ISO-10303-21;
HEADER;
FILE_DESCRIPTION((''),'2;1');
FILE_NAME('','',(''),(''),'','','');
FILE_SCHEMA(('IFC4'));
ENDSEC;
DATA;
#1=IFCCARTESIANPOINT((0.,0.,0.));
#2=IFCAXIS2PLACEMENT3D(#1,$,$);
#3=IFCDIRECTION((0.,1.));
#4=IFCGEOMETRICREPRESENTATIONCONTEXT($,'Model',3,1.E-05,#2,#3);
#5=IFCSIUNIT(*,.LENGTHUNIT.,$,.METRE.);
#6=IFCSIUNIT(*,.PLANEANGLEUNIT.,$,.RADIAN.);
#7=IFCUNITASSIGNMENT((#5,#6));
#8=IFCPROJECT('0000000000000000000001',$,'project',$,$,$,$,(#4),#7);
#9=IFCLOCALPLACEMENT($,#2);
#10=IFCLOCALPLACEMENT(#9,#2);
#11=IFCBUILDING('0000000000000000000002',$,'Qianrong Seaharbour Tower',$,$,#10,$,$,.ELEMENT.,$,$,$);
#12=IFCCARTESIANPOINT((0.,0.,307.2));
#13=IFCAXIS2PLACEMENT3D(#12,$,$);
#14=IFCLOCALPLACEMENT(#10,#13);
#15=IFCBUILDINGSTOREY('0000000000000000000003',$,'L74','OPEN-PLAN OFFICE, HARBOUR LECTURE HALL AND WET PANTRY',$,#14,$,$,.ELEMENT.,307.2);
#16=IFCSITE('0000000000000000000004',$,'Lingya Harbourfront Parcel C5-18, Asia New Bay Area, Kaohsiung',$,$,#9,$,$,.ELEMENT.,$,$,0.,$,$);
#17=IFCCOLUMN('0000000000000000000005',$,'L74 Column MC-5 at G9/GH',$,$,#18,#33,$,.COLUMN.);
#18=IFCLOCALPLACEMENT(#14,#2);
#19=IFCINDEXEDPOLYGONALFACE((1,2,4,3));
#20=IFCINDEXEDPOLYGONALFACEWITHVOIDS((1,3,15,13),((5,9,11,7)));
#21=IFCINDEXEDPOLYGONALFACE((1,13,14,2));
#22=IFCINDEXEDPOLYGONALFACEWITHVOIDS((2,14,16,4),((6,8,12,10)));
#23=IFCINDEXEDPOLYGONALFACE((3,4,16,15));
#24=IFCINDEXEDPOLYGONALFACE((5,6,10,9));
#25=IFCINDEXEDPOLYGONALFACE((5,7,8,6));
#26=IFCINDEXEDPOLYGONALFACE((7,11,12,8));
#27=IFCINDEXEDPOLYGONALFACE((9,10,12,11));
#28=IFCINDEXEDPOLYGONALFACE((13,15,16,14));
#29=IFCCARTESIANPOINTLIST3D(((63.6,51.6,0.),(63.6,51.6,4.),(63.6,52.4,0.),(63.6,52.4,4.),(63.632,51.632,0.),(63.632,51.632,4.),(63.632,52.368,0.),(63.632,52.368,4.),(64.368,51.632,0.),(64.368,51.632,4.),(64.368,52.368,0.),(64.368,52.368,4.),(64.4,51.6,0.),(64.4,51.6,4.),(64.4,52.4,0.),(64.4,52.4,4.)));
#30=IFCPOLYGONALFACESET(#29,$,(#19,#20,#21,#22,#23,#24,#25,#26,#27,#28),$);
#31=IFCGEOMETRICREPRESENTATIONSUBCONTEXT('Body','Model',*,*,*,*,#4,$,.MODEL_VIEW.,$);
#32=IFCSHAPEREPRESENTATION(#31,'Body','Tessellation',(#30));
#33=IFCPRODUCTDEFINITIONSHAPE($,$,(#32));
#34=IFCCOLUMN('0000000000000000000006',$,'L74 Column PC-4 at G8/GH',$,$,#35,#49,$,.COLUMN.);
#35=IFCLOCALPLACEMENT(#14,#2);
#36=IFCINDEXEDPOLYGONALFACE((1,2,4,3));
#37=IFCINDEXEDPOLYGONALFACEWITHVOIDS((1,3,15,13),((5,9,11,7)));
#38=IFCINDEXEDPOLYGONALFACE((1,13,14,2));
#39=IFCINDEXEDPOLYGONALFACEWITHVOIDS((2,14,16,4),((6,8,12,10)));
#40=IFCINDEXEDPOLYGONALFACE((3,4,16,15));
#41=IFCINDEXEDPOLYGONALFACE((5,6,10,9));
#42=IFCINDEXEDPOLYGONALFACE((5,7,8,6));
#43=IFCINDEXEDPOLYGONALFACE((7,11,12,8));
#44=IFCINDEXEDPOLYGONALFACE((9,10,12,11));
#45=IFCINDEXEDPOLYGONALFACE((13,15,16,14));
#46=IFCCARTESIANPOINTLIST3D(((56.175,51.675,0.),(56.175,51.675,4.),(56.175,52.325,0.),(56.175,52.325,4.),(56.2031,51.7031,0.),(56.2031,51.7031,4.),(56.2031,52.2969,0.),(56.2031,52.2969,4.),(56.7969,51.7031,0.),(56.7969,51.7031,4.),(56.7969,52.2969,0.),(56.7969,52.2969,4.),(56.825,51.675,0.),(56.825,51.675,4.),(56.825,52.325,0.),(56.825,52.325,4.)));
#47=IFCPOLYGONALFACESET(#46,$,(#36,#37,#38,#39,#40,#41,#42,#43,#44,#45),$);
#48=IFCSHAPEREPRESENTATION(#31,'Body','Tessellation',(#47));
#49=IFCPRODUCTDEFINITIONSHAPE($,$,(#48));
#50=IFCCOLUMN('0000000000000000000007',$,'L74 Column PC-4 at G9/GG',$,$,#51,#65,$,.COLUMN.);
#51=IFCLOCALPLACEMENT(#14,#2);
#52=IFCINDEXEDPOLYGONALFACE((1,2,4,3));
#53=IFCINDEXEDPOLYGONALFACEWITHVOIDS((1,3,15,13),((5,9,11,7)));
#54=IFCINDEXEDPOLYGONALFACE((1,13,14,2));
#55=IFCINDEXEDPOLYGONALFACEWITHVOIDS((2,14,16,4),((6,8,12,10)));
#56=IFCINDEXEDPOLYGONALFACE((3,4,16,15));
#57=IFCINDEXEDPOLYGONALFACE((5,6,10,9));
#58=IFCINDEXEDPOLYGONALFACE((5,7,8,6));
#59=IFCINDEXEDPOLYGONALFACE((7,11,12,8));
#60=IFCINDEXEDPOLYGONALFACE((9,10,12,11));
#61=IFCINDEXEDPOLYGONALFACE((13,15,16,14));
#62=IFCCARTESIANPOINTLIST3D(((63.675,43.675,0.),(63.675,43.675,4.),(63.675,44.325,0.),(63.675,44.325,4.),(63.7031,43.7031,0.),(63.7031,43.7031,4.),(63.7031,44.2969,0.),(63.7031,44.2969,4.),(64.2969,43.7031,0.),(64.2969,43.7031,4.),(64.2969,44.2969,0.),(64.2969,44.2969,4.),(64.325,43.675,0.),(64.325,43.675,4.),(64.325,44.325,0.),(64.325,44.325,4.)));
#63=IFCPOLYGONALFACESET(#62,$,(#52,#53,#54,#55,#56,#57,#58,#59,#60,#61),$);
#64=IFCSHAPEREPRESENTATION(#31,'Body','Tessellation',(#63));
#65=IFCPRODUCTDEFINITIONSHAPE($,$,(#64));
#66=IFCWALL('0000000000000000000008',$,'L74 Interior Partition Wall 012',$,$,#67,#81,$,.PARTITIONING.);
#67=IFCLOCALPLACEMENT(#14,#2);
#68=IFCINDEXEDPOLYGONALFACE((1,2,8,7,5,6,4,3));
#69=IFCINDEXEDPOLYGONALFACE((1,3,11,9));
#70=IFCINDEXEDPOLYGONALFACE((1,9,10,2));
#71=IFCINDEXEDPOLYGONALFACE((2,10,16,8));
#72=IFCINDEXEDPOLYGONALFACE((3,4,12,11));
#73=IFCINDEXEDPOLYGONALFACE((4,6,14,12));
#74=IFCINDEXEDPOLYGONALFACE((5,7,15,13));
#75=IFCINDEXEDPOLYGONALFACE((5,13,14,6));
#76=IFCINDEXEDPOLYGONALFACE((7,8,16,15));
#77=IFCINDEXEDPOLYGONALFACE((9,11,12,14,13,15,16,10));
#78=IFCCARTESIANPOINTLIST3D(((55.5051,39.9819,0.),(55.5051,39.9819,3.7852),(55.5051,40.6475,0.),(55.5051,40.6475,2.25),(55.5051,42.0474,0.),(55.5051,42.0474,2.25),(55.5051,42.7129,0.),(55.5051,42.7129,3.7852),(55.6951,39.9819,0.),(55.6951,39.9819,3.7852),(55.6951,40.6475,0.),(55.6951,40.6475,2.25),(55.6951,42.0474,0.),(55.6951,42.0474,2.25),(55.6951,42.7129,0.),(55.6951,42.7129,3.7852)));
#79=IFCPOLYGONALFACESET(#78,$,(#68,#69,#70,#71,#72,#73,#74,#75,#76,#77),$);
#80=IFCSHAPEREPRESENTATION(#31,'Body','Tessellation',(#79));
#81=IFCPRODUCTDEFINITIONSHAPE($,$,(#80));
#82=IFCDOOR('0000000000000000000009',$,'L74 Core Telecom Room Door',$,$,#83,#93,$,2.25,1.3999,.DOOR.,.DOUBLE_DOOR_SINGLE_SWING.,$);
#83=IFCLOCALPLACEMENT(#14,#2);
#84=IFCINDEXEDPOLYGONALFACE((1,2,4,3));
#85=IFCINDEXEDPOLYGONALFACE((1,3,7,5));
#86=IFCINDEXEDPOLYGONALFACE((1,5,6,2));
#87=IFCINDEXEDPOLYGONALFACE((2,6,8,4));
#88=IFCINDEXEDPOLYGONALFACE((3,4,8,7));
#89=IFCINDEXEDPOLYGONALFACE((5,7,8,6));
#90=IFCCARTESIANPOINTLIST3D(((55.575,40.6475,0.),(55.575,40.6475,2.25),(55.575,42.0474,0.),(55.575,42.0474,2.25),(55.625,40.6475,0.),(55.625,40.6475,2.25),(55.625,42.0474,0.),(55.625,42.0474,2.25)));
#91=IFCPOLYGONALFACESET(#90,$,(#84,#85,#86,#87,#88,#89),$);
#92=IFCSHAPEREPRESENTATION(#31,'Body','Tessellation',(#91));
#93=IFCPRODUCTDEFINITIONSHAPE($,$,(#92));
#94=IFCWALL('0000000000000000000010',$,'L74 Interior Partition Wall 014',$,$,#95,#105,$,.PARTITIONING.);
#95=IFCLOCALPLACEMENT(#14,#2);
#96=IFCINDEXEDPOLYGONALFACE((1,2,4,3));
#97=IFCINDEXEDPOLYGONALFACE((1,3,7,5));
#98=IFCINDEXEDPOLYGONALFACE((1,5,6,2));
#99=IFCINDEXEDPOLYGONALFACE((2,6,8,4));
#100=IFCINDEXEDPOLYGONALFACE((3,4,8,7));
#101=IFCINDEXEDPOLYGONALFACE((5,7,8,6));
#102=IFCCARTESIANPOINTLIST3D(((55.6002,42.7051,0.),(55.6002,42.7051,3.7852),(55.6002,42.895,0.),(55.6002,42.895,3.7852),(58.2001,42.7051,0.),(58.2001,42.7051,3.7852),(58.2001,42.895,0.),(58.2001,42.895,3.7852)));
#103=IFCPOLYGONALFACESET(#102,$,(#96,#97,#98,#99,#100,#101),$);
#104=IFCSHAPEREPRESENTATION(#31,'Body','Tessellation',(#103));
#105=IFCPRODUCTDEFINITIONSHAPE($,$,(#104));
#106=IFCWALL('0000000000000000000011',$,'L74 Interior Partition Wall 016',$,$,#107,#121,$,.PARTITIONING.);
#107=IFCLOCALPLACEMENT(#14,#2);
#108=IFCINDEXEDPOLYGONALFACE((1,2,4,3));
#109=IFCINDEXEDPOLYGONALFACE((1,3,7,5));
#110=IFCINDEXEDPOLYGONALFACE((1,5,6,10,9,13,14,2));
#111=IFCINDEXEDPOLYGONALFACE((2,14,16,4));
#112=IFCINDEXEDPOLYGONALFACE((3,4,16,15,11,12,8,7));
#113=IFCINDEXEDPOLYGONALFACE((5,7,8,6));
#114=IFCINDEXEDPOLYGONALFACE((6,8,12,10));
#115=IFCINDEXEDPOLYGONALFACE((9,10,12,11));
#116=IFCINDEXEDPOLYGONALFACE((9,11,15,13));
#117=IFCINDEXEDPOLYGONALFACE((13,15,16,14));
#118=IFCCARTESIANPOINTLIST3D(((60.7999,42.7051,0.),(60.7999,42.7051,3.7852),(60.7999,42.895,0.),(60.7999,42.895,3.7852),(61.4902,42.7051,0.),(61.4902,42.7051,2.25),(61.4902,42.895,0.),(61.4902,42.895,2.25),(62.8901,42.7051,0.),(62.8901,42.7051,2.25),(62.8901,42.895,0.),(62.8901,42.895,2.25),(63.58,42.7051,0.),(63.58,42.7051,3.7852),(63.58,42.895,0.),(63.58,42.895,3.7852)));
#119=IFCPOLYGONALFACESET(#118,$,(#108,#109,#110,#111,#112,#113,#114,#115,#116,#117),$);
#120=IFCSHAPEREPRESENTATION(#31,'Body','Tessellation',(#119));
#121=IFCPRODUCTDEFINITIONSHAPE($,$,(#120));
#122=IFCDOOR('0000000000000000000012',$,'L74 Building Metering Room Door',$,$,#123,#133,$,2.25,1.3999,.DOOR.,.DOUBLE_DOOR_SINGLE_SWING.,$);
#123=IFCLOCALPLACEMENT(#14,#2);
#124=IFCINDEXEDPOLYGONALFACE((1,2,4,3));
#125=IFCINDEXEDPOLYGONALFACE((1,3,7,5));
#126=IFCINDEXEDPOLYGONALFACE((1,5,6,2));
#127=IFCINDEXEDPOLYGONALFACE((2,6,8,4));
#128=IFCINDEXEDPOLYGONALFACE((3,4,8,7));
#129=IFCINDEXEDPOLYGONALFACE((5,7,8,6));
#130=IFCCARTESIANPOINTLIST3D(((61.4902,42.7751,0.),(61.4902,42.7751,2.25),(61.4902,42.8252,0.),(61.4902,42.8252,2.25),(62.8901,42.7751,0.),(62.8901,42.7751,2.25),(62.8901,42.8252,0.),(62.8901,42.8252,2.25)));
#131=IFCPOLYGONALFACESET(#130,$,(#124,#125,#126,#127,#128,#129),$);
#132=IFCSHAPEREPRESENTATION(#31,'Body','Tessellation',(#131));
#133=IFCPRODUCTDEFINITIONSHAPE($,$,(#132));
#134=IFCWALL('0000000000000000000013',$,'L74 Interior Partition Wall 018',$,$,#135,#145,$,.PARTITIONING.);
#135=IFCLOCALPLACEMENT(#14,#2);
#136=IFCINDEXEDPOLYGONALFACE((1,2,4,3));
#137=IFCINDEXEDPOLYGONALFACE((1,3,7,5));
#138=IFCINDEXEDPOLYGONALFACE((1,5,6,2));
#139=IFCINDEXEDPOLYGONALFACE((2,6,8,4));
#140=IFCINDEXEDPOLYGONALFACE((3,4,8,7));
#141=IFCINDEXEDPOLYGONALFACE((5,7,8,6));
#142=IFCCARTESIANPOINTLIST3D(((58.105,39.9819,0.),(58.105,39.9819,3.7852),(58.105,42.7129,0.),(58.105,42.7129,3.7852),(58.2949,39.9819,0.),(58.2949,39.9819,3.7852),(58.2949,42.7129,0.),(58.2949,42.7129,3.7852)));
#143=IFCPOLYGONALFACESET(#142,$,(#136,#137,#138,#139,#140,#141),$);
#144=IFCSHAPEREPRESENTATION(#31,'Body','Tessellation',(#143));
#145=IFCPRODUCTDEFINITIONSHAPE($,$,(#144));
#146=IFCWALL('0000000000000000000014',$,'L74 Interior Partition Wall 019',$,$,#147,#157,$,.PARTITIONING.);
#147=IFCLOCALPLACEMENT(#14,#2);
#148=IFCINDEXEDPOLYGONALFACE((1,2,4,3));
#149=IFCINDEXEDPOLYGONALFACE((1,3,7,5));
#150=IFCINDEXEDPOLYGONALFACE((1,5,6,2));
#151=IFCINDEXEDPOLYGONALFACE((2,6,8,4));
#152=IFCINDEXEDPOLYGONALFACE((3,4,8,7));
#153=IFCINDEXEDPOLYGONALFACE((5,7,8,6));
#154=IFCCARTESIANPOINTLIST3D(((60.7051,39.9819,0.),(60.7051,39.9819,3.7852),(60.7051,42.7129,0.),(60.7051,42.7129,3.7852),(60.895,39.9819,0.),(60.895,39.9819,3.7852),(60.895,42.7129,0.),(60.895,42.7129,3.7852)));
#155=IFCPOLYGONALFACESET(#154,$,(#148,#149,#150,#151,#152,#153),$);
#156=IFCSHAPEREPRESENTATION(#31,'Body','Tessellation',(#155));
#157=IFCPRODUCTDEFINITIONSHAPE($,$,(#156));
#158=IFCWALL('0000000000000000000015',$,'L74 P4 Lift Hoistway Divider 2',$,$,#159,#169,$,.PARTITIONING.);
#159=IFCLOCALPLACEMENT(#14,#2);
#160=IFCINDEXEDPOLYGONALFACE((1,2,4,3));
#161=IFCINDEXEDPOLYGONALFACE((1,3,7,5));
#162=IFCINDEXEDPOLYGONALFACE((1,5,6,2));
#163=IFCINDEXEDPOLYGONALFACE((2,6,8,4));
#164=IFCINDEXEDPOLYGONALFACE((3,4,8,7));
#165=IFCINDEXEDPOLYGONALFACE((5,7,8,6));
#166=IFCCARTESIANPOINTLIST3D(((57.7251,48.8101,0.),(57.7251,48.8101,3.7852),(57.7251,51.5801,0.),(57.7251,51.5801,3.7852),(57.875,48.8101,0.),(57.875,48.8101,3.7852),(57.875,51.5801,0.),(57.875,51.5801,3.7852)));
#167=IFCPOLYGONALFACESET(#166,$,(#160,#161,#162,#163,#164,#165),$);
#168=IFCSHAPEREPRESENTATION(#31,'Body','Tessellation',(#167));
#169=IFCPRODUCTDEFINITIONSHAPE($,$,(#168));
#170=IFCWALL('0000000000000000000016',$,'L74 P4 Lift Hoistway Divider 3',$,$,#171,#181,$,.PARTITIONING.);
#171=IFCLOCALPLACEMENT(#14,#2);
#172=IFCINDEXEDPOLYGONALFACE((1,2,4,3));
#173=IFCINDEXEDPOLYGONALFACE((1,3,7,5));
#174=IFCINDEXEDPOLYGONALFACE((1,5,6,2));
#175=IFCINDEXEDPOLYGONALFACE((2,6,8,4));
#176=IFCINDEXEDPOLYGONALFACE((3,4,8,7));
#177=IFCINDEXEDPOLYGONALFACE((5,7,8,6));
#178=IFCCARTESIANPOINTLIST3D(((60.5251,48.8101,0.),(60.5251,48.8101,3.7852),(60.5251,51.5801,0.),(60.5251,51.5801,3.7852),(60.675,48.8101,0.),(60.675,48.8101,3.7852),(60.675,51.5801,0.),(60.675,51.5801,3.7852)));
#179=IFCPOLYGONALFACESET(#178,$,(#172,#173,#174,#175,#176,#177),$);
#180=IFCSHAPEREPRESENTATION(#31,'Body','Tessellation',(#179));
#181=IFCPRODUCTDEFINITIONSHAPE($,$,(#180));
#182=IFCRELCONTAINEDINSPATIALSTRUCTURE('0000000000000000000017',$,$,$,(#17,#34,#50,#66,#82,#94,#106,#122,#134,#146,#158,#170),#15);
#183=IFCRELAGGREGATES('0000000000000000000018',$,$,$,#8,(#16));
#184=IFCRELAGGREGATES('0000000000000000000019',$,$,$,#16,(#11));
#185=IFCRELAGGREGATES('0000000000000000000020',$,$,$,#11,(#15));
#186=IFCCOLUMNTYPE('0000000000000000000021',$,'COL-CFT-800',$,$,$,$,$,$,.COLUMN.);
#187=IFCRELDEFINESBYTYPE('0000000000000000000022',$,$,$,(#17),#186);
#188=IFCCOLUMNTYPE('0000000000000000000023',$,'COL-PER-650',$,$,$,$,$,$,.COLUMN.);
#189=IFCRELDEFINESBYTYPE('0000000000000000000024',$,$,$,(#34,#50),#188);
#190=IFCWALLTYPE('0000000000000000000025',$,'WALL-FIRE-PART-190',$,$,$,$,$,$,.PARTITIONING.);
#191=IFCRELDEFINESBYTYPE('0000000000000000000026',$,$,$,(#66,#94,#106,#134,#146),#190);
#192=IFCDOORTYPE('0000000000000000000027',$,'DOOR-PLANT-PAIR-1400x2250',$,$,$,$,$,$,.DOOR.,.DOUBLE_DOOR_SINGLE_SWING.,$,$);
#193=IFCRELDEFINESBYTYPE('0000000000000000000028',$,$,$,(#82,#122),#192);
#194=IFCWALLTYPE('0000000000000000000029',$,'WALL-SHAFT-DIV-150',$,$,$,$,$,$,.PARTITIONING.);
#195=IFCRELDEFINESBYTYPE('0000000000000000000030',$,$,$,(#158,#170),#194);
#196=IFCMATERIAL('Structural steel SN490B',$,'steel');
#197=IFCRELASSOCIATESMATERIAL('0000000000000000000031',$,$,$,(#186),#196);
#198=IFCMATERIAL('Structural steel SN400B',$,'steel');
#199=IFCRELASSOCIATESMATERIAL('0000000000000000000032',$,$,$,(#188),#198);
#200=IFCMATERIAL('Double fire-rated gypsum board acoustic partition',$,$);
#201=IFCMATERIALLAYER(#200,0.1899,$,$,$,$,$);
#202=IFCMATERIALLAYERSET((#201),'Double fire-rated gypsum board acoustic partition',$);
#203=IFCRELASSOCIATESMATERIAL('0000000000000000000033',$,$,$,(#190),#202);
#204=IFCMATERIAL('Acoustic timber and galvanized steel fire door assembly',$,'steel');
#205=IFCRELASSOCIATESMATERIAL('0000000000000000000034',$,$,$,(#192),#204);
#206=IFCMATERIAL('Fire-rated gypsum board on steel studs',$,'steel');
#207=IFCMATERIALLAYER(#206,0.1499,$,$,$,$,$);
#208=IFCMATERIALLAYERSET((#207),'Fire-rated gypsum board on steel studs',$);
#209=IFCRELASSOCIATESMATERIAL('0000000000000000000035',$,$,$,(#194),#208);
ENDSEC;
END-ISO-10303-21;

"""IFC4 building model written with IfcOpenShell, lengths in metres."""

from ifc_helpers import new_model, si_unit, direction, frame, frame_2d, origin, origin_2d, place, context, subcontext, project, spatial, rectangle, hollow_rectangle, extrude, material, layer, layer_set, material_profile, profile_set, type_object, element, fill, save


model = new_model("IFC4")

# Units and contexts
model_context = context("Model", 3, precision=1e-05, world=origin(), true_north=direction((0.0, 1.0)))
body_context = subcontext(model_context, "Body", "Model", "MODEL_VIEW")
ifc_project = project(units=[si_unit("LENGTHUNIT", "METRE"), si_unit("PLANEANGLEUNIT", "RADIAN")], contexts=[model_context])

# Site, building, storey
site_placement = place(None, origin())
site = spatial("IfcSite", under=ifc_project, at=site_placement, Name="Lingya Harbourfront Parcel C5-18, Asia New Bay Area, Kaohsiung", CompositionType="ELEMENT", RefElevation=0.0)
building_placement = place(site_placement, origin())
building = spatial("IfcBuilding", under=site, at=building_placement, Name="Qianrong Seaharbour Tower", CompositionType="ELEMENT")
storey_placement = place(building_placement, frame((0.0, 0.0, 307.2)))
storey = spatial("IfcBuildingStorey", under=building, at=storey_placement, Name="L74", Description="OPEN-PLAN OFFICE, HARBOUR LECTURE HALL AND WET PANTRY", CompositionType="ELEMENT", Elevation=307.2)

# Columns
ifc_material_1 = material(Name="Structural steel SN490B", Category="steel")
ifc_material_profile_1 = material_profile(ifc_material_1, hollow_rectangle(XDim=0.8, YDim=0.8, WallThickness=0.032, at=origin_2d()), Name="BOX800x800x32")
ifc_profile_set_1 = profile_set([ifc_material_profile_1], Name="Structural steel SN490B")
column_type_1 = type_object("IfcColumnType", Name="COL-CFT-800", PredefinedType="COLUMN", material=ifc_profile_set_1)
column_placement = place(storey_placement, frame((64.0, 52.0, 0.0), z_axis=(0.0, 0.0, 1.0), x_axis=(1.0, 0.0, 0.0)))
element("IfcColumn", 1, at=column_placement, inside=storey, type_object=column_type_1, Name="L74 Column MC-5 at G9/GH", PredefinedType="COLUMN", context=body_context, shape_type="SweptSolid", body=[
    extrude(hollow_rectangle(XDim=0.8, YDim=0.8, WallThickness=0.032, at=origin_2d()), origin(), (0.0, 0.0, 1.0), 4.0),
])
ifc_material_2 = material(Name="Structural steel SN400B", Category="steel")
ifc_material_profile_2 = material_profile(ifc_material_2, hollow_rectangle(XDim=0.6499, YDim=0.6499, WallThickness=0.0281, at=origin_2d()), Name="BOX650x650x28")
ifc_profile_set_2 = profile_set([ifc_material_profile_2], Name="Structural steel SN400B")
column_type_2 = type_object("IfcColumnType", Name="COL-PER-650", PredefinedType="COLUMN", material=ifc_profile_set_2)
for number, where, z_axis, x_axis, name in (
    (2, (56.5, 52.0, 0.0), (0.0, 0.0, 1.0), (1.0, 0.0, 0.0), "L74 Column PC-4 at G8/GH"),
    (3, (64.0, 44.0, 0.0), (0.0, 0.0, 1.0), (1.0, 0.0, 0.0), "L74 Column PC-4 at G9/GG"),
):
    element("IfcColumn", number, at=place(storey_placement, frame(where, z_axis=z_axis, x_axis=x_axis)), inside=storey, type_object=column_type_2, Name=name, PredefinedType="COLUMN", context=body_context, shape_type="SweptSolid", body=[
        extrude(hollow_rectangle(XDim=0.6499, YDim=0.6499, WallThickness=0.0281, at=origin_2d()), origin(), (0.0, 0.0, 1.0), 4.0),
    ])

# Wall, opening, door
ifc_material_3 = material(Name="Acoustic timber and galvanized steel fire door assembly", Category="steel")
ifc_material_4 = material(Name="Double fire-rated gypsum board acoustic partition")
ifc_layer_1 = layer(ifc_material_4, 0.1899)
ifc_layer_set_1 = layer_set([ifc_layer_1], Name="Double fire-rated gypsum board acoustic partition")
wall_type_1 = type_object("IfcWallType", Name="WALL-FIRE-PART-190", PredefinedType="PARTITIONING", material=ifc_layer_set_1)
wall_1_placement = place(storey_placement, frame((55.6001, 42.7129, 0.0), z_axis=(0.0, 0.0, 1.0), x_axis=(0.0, -1.0, 0.0)))
wall_1 = element("IfcWall", 4, at=wall_1_placement, inside=storey, type_object=wall_type_1, Name="L74 Interior Partition Wall 012", PredefinedType="PARTITIONING", context=body_context, shape_type="SweptSolid", body=[
    extrude(rectangle(XDim=2.731, YDim=0.1899, at=frame_2d((1.3655, 0.0))), origin(), (0.0, 0.0, 1.0), 3.7852),
])
opening_1_placement = place(wall_1_placement, frame((0.6655, 0.0, 0.0)))
opening_1 = element("IfcOpeningElement", 5, at=opening_1_placement, cuts=wall_1, PredefinedType="OPENING", context=body_context, shape_type="SweptSolid", body=[
    extrude(rectangle(XDim=1.3999, YDim=2.25, at=frame_2d((0.7, 1.125))), frame((0.0, 0.105, 0.0), z_axis=(0.0, -1.0, 0.0), x_axis=(1.0, 0.0, 0.0)), (0.0, 0.0, 1.0), 0.21),
])
door_type_1 = type_object("IfcDoorType", Name="DOOR-PLANT-PAIR-1400x2250", OperationType="DOUBLE_DOOR_SINGLE_SWING", PredefinedType="DOOR", material=ifc_material_3)
door_1_placement = place(opening_1_placement, origin())
door_1 = element("IfcDoor", 6, at=door_1_placement, inside=storey, type_object=door_type_1, Name="L74 Core Telecom Room Door", OperationType="DOUBLE_DOOR_SINGLE_SWING", OverallHeight=2.25, OverallWidth=1.3999, PredefinedType="DOOR", context=body_context, shape_type="SweptSolid", body=[
    extrude(rectangle(XDim=1.3999, YDim=2.25, at=frame_2d((0.7, 1.125))), frame((0.0, 0.0249, 0.0), z_axis=(0.0, -1.0, 0.0), x_axis=(1.0, 0.0, 0.0)), (0.0, 0.0, 1.0), 0.05),
])
fill(opening_1, door_1)

# Wall
wall_2_placement = place(storey_placement, frame((58.2, 42.8, 0.0), z_axis=(0.0, 0.0, 1.0), x_axis=(-1.0, 0.0, 0.0)))
element("IfcWall", 7, at=wall_2_placement, inside=storey, type_object=wall_type_1, Name="L74 Interior Partition Wall 014", PredefinedType="PARTITIONING", context=body_context, shape_type="SweptSolid", body=[
    extrude(rectangle(XDim=2.5999, YDim=0.1899, at=frame_2d((1.2998, 0.0))), origin(), (0.0, 0.0, 1.0), 3.7852),
])

# Wall, opening, door
wall_3_placement = place(storey_placement, frame((63.5801, 42.8, 0.0), z_axis=(0.0, 0.0, 1.0), x_axis=(-1.0, 0.0, 0.0)))
wall_3 = element("IfcWall", 8, at=wall_3_placement, inside=storey, type_object=wall_type_1, Name="L74 Interior Partition Wall 016", PredefinedType="PARTITIONING", context=body_context, shape_type="SweptSolid", body=[
    extrude(rectangle(XDim=2.78, YDim=0.1899, at=frame_2d((1.3901, 0.0))), origin(), (0.0, 0.0, 1.0), 3.7852),
])
opening_2_placement = place(wall_3_placement, frame((0.6899, 0.0, 0.0)))
opening_2 = element("IfcOpeningElement", 9, at=opening_2_placement, cuts=wall_3, PredefinedType="OPENING", context=body_context, shape_type="SweptSolid", body=[
    extrude(rectangle(XDim=1.3999, YDim=2.25, at=frame_2d((0.7, 1.125))), frame((0.0, 0.105, 0.0), z_axis=(0.0, -1.0, 0.0), x_axis=(1.0, 0.0, 0.0)), (0.0, 0.0, 1.0), 0.21),
])
door_2_placement = place(opening_2_placement, origin())
door_2 = element("IfcDoor", 10, at=door_2_placement, inside=storey, type_object=door_type_1, Name="L74 Building Metering Room Door", OperationType="DOUBLE_DOOR_SINGLE_SWING", OverallHeight=2.25, OverallWidth=1.3999, PredefinedType="DOOR", context=body_context, shape_type="SweptSolid", body=[
    extrude(rectangle(XDim=1.3999, YDim=2.25, at=frame_2d((0.7, 1.125))), frame((0.0, 0.0249, 0.0), z_axis=(0.0, -1.0, 0.0), x_axis=(1.0, 0.0, 0.0)), (0.0, 0.0, 1.0), 0.05),
])
fill(opening_2, door_2)

# Walls
for number, where, z_axis, x_axis, name in (
    (11, (58.2, 42.7129, 0.0), (0.0, 0.0, 1.0), (0.0, -1.0, 0.0), "L74 Interior Partition Wall 018"),
    (12, (60.8, 42.7129, 0.0), (0.0, 0.0, 1.0), (0.0, -1.0, 0.0), "L74 Interior Partition Wall 019"),
):
    element("IfcWall", number, at=place(storey_placement, frame(where, z_axis=z_axis, x_axis=x_axis)), inside=storey, type_object=wall_type_1, Name=name, PredefinedType="PARTITIONING", context=body_context, shape_type="SweptSolid", body=[
        extrude(rectangle(XDim=2.731, YDim=0.1899, at=frame_2d((1.3655, 0.0))), origin(), (0.0, 0.0, 1.0), 3.7852),
    ])
ifc_material_5 = material(Name="Fire-rated gypsum board on steel studs", Category="steel")
ifc_layer_2 = layer(ifc_material_5, 0.1499)
ifc_layer_set_2 = layer_set([ifc_layer_2], Name="Fire-rated gypsum board on steel studs")
wall_type_2 = type_object("IfcWallType", Name="WALL-SHAFT-DIV-150", PredefinedType="PARTITIONING", material=ifc_layer_set_2)
for number, where, z_axis, x_axis, name in (
    (13, (57.8, 48.8101, 0.0), (0.0, 0.0, 1.0), (0.0, 1.0, 0.0), "L74 P4 Lift Hoistway Divider 2"),
    (14, (60.6001, 48.8101, 0.0), (0.0, 0.0, 1.0), (0.0, 1.0, 0.0), "L74 P4 Lift Hoistway Divider 3"),
):
    element("IfcWall", number, at=place(storey_placement, frame(where, z_axis=z_axis, x_axis=x_axis)), inside=storey, type_object=wall_type_2, Name=name, PredefinedType="PARTITIONING", context=body_context, shape_type="SweptSolid", body=[
        extrude(rectangle(XDim=2.77, YDim=0.1499, at=frame_2d((1.385, 0.0))), origin(), (0.0, 0.0, 1.0), 3.7852),
    ])

save(model, "model.ifc")
